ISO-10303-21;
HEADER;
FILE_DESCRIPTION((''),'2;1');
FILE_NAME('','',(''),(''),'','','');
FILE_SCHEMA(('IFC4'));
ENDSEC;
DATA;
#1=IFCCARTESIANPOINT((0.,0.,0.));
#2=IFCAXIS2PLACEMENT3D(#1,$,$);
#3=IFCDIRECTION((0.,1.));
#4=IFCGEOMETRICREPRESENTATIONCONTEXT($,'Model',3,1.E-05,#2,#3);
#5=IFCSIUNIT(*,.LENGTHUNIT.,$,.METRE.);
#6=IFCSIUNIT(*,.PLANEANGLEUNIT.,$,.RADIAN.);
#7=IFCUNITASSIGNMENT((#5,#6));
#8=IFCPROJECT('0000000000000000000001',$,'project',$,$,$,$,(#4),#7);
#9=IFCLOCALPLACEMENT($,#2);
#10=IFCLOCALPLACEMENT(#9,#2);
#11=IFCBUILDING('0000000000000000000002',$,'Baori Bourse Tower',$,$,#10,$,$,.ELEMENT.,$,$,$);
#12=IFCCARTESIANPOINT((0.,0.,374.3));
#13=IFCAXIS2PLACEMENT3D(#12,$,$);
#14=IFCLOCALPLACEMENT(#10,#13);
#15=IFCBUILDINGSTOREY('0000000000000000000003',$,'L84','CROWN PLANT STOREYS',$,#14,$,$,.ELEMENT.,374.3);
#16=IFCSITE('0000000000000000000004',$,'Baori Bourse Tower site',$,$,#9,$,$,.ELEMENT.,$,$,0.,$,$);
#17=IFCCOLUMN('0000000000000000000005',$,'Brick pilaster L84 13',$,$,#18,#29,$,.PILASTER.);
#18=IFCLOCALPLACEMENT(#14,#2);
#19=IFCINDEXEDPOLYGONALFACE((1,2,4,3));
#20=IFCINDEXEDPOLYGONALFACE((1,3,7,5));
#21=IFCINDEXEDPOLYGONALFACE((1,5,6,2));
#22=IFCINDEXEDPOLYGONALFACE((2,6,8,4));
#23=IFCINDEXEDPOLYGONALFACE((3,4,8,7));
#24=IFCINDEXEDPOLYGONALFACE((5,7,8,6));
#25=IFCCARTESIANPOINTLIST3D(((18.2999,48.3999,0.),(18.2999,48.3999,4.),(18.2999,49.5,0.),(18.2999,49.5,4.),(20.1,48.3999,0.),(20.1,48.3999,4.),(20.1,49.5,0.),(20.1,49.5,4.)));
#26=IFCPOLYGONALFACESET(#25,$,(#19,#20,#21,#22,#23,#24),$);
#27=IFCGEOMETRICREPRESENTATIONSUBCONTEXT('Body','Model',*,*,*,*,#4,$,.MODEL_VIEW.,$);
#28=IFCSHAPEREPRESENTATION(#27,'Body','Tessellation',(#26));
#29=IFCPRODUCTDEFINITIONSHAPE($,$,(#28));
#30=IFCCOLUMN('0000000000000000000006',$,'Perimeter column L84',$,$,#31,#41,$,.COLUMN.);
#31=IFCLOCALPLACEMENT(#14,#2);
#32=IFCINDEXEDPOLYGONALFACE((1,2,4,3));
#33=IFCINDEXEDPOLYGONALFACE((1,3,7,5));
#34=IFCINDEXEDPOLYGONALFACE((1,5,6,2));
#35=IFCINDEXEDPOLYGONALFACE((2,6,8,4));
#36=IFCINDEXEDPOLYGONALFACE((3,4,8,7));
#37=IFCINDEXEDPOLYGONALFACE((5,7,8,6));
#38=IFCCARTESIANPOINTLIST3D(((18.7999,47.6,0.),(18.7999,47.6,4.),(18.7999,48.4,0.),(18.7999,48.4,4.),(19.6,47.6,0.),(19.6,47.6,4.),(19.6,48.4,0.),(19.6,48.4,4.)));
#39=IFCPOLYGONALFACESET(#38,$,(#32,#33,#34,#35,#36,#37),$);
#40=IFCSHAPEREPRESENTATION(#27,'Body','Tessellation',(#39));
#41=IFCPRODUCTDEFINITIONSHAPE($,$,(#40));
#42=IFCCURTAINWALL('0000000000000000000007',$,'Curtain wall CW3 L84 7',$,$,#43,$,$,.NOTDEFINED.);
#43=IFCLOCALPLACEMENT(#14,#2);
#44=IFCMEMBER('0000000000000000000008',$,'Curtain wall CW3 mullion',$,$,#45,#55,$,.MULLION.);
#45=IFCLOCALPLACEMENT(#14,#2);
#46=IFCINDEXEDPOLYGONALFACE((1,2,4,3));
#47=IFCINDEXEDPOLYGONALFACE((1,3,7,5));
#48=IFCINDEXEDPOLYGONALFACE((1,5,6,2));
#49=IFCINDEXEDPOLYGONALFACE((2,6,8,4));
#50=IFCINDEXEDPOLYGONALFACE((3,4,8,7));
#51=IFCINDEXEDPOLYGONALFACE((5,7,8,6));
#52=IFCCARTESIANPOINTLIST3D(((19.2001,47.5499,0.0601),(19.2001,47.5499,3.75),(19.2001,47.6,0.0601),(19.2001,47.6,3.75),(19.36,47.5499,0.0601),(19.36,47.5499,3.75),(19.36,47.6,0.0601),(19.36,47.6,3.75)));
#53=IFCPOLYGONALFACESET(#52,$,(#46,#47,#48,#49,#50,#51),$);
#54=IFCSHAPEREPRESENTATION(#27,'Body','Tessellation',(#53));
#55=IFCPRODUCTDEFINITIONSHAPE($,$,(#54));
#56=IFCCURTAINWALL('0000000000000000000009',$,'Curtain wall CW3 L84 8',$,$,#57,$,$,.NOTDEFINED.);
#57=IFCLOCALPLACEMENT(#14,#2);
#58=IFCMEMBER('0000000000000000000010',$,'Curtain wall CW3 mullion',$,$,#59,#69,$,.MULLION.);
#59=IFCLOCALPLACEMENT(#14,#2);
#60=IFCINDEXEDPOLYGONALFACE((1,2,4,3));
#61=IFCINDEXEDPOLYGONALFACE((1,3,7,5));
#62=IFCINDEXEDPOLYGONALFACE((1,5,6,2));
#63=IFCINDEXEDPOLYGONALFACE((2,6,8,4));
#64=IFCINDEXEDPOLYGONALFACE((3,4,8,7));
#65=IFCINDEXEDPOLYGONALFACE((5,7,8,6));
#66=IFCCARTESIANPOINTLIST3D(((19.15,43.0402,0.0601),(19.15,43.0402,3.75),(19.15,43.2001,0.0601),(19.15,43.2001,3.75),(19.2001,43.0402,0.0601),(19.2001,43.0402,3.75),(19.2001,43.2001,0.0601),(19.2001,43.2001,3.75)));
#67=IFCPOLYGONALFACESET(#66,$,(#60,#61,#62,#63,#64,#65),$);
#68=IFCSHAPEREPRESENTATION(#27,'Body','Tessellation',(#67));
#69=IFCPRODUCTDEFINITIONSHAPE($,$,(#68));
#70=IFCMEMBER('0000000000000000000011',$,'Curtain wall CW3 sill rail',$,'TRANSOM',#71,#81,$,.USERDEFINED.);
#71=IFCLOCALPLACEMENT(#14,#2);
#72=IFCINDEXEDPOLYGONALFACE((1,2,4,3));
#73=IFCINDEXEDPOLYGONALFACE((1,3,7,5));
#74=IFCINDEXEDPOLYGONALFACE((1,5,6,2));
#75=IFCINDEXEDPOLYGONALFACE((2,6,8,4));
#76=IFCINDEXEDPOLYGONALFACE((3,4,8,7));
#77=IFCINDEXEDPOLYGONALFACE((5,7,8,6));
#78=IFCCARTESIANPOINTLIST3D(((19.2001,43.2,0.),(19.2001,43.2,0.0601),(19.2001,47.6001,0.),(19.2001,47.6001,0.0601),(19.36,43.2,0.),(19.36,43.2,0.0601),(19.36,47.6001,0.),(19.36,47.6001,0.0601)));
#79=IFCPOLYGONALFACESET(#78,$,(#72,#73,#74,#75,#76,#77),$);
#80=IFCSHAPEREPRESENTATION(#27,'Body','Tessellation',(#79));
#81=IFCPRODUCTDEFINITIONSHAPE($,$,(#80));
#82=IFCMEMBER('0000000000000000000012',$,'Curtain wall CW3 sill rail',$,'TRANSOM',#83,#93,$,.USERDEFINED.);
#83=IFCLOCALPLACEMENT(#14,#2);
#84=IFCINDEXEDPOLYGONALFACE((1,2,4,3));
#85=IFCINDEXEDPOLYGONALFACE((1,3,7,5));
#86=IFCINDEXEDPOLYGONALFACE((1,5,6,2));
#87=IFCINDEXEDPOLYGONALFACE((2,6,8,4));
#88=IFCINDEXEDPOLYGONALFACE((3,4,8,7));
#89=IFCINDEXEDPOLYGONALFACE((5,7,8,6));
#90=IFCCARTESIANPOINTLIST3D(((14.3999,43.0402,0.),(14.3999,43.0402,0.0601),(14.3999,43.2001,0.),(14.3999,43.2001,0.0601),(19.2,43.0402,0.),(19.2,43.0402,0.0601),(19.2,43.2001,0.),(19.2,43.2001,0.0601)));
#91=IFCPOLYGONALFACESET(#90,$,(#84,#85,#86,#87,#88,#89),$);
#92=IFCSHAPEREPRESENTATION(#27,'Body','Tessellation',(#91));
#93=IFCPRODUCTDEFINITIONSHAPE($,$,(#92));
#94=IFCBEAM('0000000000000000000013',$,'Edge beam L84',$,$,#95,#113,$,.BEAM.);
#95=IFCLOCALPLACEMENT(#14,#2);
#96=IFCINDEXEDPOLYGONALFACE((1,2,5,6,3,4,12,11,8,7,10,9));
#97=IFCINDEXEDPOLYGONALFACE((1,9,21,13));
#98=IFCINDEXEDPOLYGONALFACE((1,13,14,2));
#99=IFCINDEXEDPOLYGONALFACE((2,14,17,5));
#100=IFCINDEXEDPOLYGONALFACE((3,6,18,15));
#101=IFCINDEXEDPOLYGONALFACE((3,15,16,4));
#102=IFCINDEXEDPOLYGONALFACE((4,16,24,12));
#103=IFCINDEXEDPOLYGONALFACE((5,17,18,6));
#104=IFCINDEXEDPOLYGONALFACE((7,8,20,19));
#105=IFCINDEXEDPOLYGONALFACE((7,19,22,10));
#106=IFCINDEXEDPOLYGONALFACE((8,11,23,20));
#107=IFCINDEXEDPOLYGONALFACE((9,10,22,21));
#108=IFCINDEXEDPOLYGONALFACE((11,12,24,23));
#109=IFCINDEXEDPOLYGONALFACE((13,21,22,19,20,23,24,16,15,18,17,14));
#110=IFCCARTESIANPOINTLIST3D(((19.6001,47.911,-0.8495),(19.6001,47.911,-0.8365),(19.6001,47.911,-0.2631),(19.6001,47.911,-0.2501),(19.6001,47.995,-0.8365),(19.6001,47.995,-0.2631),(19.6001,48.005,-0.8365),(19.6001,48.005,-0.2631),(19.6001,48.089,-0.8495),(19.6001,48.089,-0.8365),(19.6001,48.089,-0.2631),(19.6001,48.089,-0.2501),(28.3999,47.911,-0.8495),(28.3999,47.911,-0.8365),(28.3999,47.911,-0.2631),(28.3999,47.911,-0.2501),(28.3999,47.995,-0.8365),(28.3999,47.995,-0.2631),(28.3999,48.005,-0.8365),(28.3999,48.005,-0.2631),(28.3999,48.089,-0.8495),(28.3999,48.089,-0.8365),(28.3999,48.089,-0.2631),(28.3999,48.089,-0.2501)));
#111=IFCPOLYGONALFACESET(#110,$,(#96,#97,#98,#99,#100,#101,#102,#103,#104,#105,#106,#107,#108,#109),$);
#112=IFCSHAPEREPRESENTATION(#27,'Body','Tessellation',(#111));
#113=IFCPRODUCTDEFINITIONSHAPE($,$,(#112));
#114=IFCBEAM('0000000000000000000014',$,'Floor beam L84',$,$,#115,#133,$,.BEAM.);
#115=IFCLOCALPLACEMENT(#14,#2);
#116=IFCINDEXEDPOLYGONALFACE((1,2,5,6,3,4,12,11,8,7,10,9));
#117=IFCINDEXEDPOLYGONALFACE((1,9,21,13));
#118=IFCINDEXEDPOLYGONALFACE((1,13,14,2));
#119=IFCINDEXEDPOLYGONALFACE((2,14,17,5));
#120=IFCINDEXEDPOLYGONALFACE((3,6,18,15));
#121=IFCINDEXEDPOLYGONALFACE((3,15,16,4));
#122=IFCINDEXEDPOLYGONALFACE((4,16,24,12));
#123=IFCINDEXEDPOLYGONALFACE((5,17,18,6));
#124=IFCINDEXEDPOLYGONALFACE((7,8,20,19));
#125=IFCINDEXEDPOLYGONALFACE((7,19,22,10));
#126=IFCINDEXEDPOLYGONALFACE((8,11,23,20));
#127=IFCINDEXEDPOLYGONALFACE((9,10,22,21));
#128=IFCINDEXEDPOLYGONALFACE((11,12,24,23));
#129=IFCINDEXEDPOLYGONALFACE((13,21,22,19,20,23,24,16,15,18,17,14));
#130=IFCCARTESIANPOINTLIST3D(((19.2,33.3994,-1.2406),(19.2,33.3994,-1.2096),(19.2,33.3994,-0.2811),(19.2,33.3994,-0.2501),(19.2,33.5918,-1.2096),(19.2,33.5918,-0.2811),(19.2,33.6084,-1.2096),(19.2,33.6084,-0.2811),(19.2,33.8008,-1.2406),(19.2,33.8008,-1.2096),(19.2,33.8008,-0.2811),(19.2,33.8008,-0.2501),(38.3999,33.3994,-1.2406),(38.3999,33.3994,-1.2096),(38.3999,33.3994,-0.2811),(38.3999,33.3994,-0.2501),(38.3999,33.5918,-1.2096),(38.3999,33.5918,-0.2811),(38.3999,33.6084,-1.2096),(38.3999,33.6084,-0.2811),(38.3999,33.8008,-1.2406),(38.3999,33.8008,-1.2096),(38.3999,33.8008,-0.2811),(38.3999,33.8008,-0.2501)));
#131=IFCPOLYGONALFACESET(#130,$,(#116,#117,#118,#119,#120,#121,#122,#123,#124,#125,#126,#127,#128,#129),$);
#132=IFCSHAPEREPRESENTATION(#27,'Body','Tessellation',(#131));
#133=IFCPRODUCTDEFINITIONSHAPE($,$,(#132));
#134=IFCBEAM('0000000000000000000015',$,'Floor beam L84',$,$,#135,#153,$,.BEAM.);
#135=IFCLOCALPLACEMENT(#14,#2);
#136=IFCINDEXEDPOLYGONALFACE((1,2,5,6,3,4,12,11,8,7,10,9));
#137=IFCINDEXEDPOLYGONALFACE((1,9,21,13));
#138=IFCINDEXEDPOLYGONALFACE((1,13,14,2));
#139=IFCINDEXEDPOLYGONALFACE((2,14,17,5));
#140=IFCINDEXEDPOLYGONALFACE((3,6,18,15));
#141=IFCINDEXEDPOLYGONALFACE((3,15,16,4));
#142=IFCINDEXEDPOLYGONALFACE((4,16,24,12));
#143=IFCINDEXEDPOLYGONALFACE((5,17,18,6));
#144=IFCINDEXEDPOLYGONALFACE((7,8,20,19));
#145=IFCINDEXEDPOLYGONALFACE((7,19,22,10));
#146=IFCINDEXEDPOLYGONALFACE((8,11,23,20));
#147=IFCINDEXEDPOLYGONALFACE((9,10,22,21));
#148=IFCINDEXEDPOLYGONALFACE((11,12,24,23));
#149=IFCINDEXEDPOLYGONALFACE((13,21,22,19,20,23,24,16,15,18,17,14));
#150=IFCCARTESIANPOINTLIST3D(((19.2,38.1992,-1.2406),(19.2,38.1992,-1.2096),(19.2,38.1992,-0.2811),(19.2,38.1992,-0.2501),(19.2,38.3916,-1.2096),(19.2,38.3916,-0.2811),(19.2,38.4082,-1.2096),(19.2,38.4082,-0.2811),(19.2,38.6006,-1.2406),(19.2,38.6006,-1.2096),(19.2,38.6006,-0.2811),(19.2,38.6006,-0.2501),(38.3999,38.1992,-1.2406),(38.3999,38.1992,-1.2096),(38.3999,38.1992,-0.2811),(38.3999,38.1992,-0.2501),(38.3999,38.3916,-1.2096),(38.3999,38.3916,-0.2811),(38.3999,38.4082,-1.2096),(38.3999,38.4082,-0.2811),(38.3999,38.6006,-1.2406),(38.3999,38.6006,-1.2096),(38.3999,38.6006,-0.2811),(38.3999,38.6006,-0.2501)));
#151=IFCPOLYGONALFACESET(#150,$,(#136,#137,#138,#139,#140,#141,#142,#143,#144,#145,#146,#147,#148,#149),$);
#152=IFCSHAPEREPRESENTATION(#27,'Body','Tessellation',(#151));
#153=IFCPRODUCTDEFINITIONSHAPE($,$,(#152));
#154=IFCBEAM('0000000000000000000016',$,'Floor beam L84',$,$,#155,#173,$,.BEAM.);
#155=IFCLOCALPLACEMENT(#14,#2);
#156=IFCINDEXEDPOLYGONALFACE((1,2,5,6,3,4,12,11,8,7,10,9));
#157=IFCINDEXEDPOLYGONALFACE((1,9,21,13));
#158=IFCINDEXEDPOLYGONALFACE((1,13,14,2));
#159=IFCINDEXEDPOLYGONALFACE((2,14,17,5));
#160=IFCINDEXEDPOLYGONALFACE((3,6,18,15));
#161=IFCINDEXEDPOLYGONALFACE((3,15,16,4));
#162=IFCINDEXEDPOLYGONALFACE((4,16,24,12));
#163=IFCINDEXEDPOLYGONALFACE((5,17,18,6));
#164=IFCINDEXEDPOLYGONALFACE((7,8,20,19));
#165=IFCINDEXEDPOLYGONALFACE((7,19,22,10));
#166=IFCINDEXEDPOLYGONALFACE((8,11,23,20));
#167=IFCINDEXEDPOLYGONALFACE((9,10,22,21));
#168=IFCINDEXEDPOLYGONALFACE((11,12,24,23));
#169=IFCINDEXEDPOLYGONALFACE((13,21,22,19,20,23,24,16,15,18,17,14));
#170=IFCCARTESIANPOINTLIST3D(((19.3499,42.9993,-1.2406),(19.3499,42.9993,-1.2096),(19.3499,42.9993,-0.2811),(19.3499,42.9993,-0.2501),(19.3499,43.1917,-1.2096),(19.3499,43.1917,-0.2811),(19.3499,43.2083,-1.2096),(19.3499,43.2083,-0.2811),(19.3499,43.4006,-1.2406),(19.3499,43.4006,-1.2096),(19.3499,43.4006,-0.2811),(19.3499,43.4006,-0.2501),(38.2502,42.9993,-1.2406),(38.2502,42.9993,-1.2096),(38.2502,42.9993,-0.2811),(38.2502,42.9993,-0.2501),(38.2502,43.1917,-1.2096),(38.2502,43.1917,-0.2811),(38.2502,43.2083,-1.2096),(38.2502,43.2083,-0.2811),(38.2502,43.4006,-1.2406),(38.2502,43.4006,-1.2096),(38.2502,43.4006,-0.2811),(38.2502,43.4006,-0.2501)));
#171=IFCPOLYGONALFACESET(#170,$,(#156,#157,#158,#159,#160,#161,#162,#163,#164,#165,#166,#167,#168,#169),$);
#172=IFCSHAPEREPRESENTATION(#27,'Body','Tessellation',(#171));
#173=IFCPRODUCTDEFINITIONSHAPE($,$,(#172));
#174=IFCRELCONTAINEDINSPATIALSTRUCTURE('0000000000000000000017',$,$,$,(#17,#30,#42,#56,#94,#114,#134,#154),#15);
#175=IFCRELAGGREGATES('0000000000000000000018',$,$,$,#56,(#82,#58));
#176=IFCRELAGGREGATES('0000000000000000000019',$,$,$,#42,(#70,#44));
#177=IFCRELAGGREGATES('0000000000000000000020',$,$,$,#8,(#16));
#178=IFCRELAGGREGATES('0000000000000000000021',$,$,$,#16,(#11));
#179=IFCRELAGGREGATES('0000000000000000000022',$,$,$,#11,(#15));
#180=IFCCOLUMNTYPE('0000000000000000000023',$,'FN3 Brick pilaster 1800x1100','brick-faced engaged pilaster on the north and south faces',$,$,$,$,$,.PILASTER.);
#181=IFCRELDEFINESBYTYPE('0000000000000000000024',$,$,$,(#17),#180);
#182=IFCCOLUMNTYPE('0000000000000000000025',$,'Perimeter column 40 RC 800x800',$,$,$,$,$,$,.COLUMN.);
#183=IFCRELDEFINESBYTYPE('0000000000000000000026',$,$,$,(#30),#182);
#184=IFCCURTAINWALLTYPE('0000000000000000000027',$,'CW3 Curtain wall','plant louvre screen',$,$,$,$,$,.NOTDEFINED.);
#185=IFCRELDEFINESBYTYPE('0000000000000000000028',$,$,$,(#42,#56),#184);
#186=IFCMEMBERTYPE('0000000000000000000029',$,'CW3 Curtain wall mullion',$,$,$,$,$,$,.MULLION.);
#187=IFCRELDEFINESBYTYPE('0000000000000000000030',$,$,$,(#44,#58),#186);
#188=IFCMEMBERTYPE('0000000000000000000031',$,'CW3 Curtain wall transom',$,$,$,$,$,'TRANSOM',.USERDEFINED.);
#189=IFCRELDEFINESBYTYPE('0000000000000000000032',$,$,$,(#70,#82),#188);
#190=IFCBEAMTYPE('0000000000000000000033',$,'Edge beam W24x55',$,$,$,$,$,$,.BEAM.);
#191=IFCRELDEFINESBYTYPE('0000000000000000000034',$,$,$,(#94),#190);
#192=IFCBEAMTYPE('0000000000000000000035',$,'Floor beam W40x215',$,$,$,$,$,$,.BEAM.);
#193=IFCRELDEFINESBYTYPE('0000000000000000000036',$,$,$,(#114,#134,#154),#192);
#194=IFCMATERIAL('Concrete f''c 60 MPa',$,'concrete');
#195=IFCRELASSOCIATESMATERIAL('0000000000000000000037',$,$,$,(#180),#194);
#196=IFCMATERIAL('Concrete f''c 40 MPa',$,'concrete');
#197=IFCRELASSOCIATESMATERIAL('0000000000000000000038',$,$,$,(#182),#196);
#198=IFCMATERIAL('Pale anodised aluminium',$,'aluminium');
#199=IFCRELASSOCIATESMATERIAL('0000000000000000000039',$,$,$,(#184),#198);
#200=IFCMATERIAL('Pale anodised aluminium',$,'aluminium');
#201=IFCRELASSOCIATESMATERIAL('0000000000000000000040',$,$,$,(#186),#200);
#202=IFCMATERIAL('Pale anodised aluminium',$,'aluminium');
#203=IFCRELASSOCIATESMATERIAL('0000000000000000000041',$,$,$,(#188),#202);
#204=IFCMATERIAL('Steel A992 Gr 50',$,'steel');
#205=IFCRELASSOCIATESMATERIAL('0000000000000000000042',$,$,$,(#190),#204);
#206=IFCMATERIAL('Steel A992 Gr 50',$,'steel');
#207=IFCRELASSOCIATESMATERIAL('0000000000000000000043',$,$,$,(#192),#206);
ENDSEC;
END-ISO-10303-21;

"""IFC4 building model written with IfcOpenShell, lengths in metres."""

from ifc_helpers import new_model, si_unit, direction, frame, origin, origin_2d, place, context, subcontext, project, spatial, rectangle, i_section, extrude, material, material_profile, profile_set, type_object, element, aggregate, save


model = new_model("IFC4")

# Units and contexts
model_context = context("Model", 3, precision=1e-05, world=origin(), true_north=direction((0.0, 1.0)))
body_context = subcontext(model_context, "Body", "Model", "MODEL_VIEW")
ifc_project = project(units=[si_unit("LENGTHUNIT", "METRE"), si_unit("PLANEANGLEUNIT", "RADIAN")], contexts=[model_context])

# Site, building, storey
site_placement = place(None, origin())
site = spatial("IfcSite", under=ifc_project, at=site_placement, Name="Baori Bourse Tower site", CompositionType="ELEMENT", RefElevation=0.0)
building_placement = place(site_placement, origin())
building = spatial("IfcBuilding", under=site, at=building_placement, Name="Baori Bourse Tower", CompositionType="ELEMENT")
storey_placement = place(building_placement, frame((0.0, 0.0, 374.3)))
storey = spatial("IfcBuildingStorey", under=building, at=storey_placement, Name="L84", Description="CROWN PLANT STOREYS", CompositionType="ELEMENT", Elevation=374.3)

# Columns
ifc_material_1 = material(Name="Concrete f'c 60 MPa", Category="concrete")
ifc_material_profile_1 = material_profile(ifc_material_1, rectangle(XDim=1.8, YDim=1.1001, at=origin_2d()), Name="RC 1800x1100")
ifc_profile_set_1 = profile_set([ifc_material_profile_1], Name="Concrete f'c 60 MPa")
column_type_1 = type_object("IfcColumnType", Name="FN3 Brick pilaster 1800x1100", Description="brick-faced engaged pilaster on the north and south faces", PredefinedType="PILASTER", material=ifc_profile_set_1)
column_1_placement = place(storey_placement, frame((19.2, 48.95, 0.0), z_axis=(0.0, 0.0, 1.0), x_axis=(1.0, 0.0, 0.0)))
element("IfcColumn", 1, at=column_1_placement, inside=storey, type_object=column_type_1, Name="Brick pilaster L84 13", PredefinedType="PILASTER", context=body_context, shape_type="SweptSolid", body=[
    extrude(rectangle(XDim=1.8, YDim=1.1001, at=origin_2d()), origin(), (0.0, 0.0, 1.0), 4.0),
])
ifc_material_2 = material(Name="Concrete f'c 40 MPa", Category="concrete")
ifc_material_profile_2 = material_profile(ifc_material_2, rectangle(XDim=0.8, YDim=0.8, at=origin_2d()), Name="RC 800x800")
ifc_profile_set_2 = profile_set([ifc_material_profile_2], Name="Concrete f'c 40 MPa")
column_type_2 = type_object("IfcColumnType", Name="Perimeter column 40 RC 800x800", PredefinedType="COLUMN", material=ifc_profile_set_2)
column_2_placement = place(storey_placement, frame((19.2, 48.0, 0.0), z_axis=(0.0, 0.0, 1.0), x_axis=(1.0, 0.0, 0.0)))
element("IfcColumn", 2, at=column_2_placement, inside=storey, type_object=column_type_2, Name="Perimeter column L84", PredefinedType="COLUMN", context=body_context, shape_type="SweptSolid", body=[
    extrude(rectangle(XDim=0.8, YDim=0.8, at=origin_2d()), origin(), (0.0, 0.0, 1.0), 4.0),
])

# Curtain walls, members
ifc_material_3 = material(Name="Pale anodised aluminium", Category="aluminium")
curtain_wall_type = type_object("IfcCurtainWallType", Name="CW3 Curtain wall", Description="plant louvre screen", PredefinedType="NOTDEFINED", material=ifc_material_3)
curtain_wall_1_placement = place(storey_placement, origin())
curtain_wall_1 = element("IfcCurtainWall", 3, at=curtain_wall_1_placement, inside=storey, type_object=curtain_wall_type, Name="Curtain wall CW3 L84 7", PredefinedType="NOTDEFINED")
ifc_material_4 = material(Name="Pale anodised aluminium", Category="aluminium")
ifc_material_profile_3 = material_profile(ifc_material_4, rectangle(XDim=0.1599, YDim=0.05, at=origin_2d()), Name="Mullion 50x160")
ifc_profile_set_3 = profile_set([ifc_material_profile_3], Name="Pale anodised aluminium")
member_type_1 = type_object("IfcMemberType", Name="CW3 Curtain wall mullion", PredefinedType="MULLION", material=ifc_profile_set_3)
member_1_placement = place(storey_placement, frame((19.28, 47.575, 0.0601), z_axis=(0.0, 0.0, 1.0), x_axis=(1.0, 0.0, 0.0)))
member_1 = element("IfcMember", 4, at=member_1_placement, type_object=member_type_1, Name="Curtain wall CW3 mullion", PredefinedType="MULLION", context=body_context, shape_type="SweptSolid", body=[
    extrude(rectangle(XDim=0.1599, YDim=0.05, at=origin_2d()), origin(), (0.0, 0.0, 1.0), 3.6899),
])
curtain_wall_2_placement = place(storey_placement, origin())
curtain_wall_2 = element("IfcCurtainWall", 5, at=curtain_wall_2_placement, inside=storey, type_object=curtain_wall_type, Name="Curtain wall CW3 L84 8", PredefinedType="NOTDEFINED")
member_2_placement = place(storey_placement, frame((19.175, 43.1201, 0.0601), z_axis=(0.0, 0.0, 1.0), x_axis=(0.0, -1.0, 0.0)))
member_2 = element("IfcMember", 6, at=member_2_placement, type_object=member_type_1, Name="Curtain wall CW3 mullion", PredefinedType="MULLION", context=body_context, shape_type="SweptSolid", body=[
    extrude(rectangle(XDim=0.1599, YDim=0.05, at=origin_2d()), origin(), (0.0, 0.0, 1.0), 3.6899),
])

# Members
ifc_material_5 = material(Name="Pale anodised aluminium", Category="aluminium")
ifc_material_profile_4 = material_profile(ifc_material_5, rectangle(XDim=0.1599, YDim=0.0601, at=origin_2d()), Name="Transom 60x160")
ifc_profile_set_4 = profile_set([ifc_material_profile_4], Name="Pale anodised aluminium")
member_type_2 = type_object("IfcMemberType", Name="CW3 Curtain wall transom", ElementType="TRANSOM", PredefinedType="USERDEFINED", material=ifc_profile_set_4)
member_3_placement = place(storey_placement, frame((19.28, 47.6001, 0.03), z_axis=(0.0, -1.0, 0.0), x_axis=(1.0, 0.0, 0.0)))
member_3 = element("IfcMember", 7, at=member_3_placement, type_object=member_type_2, Name="Curtain wall CW3 sill rail", ObjectType="TRANSOM", PredefinedType="USERDEFINED", context=body_context, shape_type="SweptSolid", body=[
    extrude(rectangle(XDim=0.1599, YDim=0.0601, at=origin_2d()), origin(), (0.0, 0.0, 1.0), 4.4001),
])
member_4_placement = place(storey_placement, frame((19.2, 43.1201, 0.03), z_axis=(-1.0, 0.0, 0.0), x_axis=(0.0, -1.0, 0.0)))
member_4 = element("IfcMember", 8, at=member_4_placement, type_object=member_type_2, Name="Curtain wall CW3 sill rail", ObjectType="TRANSOM", PredefinedType="USERDEFINED", context=body_context, shape_type="SweptSolid", body=[
    extrude(rectangle(XDim=0.1599, YDim=0.0601, at=origin_2d()), origin(), (0.0, 0.0, 1.0), 4.8),
])
aggregate(curtain_wall_2, [member_4, member_2])

# Beams
ifc_material_6 = material(Name="Steel A992 Gr 50", Category="steel")
ifc_material_profile_5 = material_profile(ifc_material_6, i_section(OverallWidth=0.178, OverallDepth=0.5994, WebThickness=0.01, FlangeThickness=0.0129, at=origin_2d()), Name="W24x55")
ifc_profile_set_5 = profile_set([ifc_material_profile_5], Name="Steel A992 Gr 50")
beam_type_1 = type_object("IfcBeamType", Name="Edge beam W24x55", PredefinedType="BEAM", material=ifc_profile_set_5)
beam_1_placement = place(storey_placement, frame((19.6001, 48.0, -0.5498), z_axis=(1.0, 0.0, 0.0), x_axis=(0.0, 1.0, 0.0)))
element("IfcBeam", 9, at=beam_1_placement, inside=storey, type_object=beam_type_1, Name="Edge beam L84", PredefinedType="BEAM", context=body_context, shape_type="SweptSolid", body=[
    extrude(i_section(OverallWidth=0.178, OverallDepth=0.5994, WebThickness=0.01, FlangeThickness=0.0129, at=origin_2d()), origin(), (0.0, 0.0, 1.0), 8.7998),
])
ifc_material_7 = material(Name="Steel A992 Gr 50", Category="steel")
ifc_material_profile_6 = material_profile(ifc_material_7, i_section(OverallWidth=0.4014, OverallDepth=0.9905, WebThickness=0.0166, FlangeThickness=0.031, at=origin_2d()), Name="W40x215")
ifc_profile_set_6 = profile_set([ifc_material_profile_6], Name="Steel A992 Gr 50")
beam_type_2 = type_object("IfcBeamType", Name="Floor beam W40x215", PredefinedType="BEAM", material=ifc_profile_set_6)
for number, where, z_axis, x_axis, name in (
    (10, (19.2, 33.6001, -0.7454), (1.0, 0.0, 0.0), (0.0, 1.0, 0.0), "Floor beam L84"),
    (11, (19.2, 38.3999, -0.7454), (1.0, 0.0, 0.0), (0.0, 1.0, 0.0), "Floor beam L84"),
):
    element("IfcBeam", number, at=place(storey_placement, frame(where, z_axis=z_axis, x_axis=x_axis)), inside=storey, type_object=beam_type_2, Name=name, PredefinedType="BEAM", context=body_context, shape_type="SweptSolid", body=[
        extrude(i_section(OverallWidth=0.4014, OverallDepth=0.9905, WebThickness=0.0166, FlangeThickness=0.031, at=origin_2d()), origin(), (0.0, 0.0, 1.0), 19.2),
    ])
beam_2_placement = place(storey_placement, frame((19.3499, 43.2, -0.7454), z_axis=(1.0, 0.0, 0.0), x_axis=(0.0, 1.0, 0.0)))
element("IfcBeam", 12, at=beam_2_placement, inside=storey, type_object=beam_type_2, Name="Floor beam L84", PredefinedType="BEAM", context=body_context, shape_type="SweptSolid", body=[
    extrude(i_section(OverallWidth=0.4014, OverallDepth=0.9905, WebThickness=0.0166, FlangeThickness=0.031, at=origin_2d()), origin(), (0.0, 0.0, 1.0), 18.9004),
])

aggregate(curtain_wall_1, [member_3, member_1])

save(model, "model.ifc")
